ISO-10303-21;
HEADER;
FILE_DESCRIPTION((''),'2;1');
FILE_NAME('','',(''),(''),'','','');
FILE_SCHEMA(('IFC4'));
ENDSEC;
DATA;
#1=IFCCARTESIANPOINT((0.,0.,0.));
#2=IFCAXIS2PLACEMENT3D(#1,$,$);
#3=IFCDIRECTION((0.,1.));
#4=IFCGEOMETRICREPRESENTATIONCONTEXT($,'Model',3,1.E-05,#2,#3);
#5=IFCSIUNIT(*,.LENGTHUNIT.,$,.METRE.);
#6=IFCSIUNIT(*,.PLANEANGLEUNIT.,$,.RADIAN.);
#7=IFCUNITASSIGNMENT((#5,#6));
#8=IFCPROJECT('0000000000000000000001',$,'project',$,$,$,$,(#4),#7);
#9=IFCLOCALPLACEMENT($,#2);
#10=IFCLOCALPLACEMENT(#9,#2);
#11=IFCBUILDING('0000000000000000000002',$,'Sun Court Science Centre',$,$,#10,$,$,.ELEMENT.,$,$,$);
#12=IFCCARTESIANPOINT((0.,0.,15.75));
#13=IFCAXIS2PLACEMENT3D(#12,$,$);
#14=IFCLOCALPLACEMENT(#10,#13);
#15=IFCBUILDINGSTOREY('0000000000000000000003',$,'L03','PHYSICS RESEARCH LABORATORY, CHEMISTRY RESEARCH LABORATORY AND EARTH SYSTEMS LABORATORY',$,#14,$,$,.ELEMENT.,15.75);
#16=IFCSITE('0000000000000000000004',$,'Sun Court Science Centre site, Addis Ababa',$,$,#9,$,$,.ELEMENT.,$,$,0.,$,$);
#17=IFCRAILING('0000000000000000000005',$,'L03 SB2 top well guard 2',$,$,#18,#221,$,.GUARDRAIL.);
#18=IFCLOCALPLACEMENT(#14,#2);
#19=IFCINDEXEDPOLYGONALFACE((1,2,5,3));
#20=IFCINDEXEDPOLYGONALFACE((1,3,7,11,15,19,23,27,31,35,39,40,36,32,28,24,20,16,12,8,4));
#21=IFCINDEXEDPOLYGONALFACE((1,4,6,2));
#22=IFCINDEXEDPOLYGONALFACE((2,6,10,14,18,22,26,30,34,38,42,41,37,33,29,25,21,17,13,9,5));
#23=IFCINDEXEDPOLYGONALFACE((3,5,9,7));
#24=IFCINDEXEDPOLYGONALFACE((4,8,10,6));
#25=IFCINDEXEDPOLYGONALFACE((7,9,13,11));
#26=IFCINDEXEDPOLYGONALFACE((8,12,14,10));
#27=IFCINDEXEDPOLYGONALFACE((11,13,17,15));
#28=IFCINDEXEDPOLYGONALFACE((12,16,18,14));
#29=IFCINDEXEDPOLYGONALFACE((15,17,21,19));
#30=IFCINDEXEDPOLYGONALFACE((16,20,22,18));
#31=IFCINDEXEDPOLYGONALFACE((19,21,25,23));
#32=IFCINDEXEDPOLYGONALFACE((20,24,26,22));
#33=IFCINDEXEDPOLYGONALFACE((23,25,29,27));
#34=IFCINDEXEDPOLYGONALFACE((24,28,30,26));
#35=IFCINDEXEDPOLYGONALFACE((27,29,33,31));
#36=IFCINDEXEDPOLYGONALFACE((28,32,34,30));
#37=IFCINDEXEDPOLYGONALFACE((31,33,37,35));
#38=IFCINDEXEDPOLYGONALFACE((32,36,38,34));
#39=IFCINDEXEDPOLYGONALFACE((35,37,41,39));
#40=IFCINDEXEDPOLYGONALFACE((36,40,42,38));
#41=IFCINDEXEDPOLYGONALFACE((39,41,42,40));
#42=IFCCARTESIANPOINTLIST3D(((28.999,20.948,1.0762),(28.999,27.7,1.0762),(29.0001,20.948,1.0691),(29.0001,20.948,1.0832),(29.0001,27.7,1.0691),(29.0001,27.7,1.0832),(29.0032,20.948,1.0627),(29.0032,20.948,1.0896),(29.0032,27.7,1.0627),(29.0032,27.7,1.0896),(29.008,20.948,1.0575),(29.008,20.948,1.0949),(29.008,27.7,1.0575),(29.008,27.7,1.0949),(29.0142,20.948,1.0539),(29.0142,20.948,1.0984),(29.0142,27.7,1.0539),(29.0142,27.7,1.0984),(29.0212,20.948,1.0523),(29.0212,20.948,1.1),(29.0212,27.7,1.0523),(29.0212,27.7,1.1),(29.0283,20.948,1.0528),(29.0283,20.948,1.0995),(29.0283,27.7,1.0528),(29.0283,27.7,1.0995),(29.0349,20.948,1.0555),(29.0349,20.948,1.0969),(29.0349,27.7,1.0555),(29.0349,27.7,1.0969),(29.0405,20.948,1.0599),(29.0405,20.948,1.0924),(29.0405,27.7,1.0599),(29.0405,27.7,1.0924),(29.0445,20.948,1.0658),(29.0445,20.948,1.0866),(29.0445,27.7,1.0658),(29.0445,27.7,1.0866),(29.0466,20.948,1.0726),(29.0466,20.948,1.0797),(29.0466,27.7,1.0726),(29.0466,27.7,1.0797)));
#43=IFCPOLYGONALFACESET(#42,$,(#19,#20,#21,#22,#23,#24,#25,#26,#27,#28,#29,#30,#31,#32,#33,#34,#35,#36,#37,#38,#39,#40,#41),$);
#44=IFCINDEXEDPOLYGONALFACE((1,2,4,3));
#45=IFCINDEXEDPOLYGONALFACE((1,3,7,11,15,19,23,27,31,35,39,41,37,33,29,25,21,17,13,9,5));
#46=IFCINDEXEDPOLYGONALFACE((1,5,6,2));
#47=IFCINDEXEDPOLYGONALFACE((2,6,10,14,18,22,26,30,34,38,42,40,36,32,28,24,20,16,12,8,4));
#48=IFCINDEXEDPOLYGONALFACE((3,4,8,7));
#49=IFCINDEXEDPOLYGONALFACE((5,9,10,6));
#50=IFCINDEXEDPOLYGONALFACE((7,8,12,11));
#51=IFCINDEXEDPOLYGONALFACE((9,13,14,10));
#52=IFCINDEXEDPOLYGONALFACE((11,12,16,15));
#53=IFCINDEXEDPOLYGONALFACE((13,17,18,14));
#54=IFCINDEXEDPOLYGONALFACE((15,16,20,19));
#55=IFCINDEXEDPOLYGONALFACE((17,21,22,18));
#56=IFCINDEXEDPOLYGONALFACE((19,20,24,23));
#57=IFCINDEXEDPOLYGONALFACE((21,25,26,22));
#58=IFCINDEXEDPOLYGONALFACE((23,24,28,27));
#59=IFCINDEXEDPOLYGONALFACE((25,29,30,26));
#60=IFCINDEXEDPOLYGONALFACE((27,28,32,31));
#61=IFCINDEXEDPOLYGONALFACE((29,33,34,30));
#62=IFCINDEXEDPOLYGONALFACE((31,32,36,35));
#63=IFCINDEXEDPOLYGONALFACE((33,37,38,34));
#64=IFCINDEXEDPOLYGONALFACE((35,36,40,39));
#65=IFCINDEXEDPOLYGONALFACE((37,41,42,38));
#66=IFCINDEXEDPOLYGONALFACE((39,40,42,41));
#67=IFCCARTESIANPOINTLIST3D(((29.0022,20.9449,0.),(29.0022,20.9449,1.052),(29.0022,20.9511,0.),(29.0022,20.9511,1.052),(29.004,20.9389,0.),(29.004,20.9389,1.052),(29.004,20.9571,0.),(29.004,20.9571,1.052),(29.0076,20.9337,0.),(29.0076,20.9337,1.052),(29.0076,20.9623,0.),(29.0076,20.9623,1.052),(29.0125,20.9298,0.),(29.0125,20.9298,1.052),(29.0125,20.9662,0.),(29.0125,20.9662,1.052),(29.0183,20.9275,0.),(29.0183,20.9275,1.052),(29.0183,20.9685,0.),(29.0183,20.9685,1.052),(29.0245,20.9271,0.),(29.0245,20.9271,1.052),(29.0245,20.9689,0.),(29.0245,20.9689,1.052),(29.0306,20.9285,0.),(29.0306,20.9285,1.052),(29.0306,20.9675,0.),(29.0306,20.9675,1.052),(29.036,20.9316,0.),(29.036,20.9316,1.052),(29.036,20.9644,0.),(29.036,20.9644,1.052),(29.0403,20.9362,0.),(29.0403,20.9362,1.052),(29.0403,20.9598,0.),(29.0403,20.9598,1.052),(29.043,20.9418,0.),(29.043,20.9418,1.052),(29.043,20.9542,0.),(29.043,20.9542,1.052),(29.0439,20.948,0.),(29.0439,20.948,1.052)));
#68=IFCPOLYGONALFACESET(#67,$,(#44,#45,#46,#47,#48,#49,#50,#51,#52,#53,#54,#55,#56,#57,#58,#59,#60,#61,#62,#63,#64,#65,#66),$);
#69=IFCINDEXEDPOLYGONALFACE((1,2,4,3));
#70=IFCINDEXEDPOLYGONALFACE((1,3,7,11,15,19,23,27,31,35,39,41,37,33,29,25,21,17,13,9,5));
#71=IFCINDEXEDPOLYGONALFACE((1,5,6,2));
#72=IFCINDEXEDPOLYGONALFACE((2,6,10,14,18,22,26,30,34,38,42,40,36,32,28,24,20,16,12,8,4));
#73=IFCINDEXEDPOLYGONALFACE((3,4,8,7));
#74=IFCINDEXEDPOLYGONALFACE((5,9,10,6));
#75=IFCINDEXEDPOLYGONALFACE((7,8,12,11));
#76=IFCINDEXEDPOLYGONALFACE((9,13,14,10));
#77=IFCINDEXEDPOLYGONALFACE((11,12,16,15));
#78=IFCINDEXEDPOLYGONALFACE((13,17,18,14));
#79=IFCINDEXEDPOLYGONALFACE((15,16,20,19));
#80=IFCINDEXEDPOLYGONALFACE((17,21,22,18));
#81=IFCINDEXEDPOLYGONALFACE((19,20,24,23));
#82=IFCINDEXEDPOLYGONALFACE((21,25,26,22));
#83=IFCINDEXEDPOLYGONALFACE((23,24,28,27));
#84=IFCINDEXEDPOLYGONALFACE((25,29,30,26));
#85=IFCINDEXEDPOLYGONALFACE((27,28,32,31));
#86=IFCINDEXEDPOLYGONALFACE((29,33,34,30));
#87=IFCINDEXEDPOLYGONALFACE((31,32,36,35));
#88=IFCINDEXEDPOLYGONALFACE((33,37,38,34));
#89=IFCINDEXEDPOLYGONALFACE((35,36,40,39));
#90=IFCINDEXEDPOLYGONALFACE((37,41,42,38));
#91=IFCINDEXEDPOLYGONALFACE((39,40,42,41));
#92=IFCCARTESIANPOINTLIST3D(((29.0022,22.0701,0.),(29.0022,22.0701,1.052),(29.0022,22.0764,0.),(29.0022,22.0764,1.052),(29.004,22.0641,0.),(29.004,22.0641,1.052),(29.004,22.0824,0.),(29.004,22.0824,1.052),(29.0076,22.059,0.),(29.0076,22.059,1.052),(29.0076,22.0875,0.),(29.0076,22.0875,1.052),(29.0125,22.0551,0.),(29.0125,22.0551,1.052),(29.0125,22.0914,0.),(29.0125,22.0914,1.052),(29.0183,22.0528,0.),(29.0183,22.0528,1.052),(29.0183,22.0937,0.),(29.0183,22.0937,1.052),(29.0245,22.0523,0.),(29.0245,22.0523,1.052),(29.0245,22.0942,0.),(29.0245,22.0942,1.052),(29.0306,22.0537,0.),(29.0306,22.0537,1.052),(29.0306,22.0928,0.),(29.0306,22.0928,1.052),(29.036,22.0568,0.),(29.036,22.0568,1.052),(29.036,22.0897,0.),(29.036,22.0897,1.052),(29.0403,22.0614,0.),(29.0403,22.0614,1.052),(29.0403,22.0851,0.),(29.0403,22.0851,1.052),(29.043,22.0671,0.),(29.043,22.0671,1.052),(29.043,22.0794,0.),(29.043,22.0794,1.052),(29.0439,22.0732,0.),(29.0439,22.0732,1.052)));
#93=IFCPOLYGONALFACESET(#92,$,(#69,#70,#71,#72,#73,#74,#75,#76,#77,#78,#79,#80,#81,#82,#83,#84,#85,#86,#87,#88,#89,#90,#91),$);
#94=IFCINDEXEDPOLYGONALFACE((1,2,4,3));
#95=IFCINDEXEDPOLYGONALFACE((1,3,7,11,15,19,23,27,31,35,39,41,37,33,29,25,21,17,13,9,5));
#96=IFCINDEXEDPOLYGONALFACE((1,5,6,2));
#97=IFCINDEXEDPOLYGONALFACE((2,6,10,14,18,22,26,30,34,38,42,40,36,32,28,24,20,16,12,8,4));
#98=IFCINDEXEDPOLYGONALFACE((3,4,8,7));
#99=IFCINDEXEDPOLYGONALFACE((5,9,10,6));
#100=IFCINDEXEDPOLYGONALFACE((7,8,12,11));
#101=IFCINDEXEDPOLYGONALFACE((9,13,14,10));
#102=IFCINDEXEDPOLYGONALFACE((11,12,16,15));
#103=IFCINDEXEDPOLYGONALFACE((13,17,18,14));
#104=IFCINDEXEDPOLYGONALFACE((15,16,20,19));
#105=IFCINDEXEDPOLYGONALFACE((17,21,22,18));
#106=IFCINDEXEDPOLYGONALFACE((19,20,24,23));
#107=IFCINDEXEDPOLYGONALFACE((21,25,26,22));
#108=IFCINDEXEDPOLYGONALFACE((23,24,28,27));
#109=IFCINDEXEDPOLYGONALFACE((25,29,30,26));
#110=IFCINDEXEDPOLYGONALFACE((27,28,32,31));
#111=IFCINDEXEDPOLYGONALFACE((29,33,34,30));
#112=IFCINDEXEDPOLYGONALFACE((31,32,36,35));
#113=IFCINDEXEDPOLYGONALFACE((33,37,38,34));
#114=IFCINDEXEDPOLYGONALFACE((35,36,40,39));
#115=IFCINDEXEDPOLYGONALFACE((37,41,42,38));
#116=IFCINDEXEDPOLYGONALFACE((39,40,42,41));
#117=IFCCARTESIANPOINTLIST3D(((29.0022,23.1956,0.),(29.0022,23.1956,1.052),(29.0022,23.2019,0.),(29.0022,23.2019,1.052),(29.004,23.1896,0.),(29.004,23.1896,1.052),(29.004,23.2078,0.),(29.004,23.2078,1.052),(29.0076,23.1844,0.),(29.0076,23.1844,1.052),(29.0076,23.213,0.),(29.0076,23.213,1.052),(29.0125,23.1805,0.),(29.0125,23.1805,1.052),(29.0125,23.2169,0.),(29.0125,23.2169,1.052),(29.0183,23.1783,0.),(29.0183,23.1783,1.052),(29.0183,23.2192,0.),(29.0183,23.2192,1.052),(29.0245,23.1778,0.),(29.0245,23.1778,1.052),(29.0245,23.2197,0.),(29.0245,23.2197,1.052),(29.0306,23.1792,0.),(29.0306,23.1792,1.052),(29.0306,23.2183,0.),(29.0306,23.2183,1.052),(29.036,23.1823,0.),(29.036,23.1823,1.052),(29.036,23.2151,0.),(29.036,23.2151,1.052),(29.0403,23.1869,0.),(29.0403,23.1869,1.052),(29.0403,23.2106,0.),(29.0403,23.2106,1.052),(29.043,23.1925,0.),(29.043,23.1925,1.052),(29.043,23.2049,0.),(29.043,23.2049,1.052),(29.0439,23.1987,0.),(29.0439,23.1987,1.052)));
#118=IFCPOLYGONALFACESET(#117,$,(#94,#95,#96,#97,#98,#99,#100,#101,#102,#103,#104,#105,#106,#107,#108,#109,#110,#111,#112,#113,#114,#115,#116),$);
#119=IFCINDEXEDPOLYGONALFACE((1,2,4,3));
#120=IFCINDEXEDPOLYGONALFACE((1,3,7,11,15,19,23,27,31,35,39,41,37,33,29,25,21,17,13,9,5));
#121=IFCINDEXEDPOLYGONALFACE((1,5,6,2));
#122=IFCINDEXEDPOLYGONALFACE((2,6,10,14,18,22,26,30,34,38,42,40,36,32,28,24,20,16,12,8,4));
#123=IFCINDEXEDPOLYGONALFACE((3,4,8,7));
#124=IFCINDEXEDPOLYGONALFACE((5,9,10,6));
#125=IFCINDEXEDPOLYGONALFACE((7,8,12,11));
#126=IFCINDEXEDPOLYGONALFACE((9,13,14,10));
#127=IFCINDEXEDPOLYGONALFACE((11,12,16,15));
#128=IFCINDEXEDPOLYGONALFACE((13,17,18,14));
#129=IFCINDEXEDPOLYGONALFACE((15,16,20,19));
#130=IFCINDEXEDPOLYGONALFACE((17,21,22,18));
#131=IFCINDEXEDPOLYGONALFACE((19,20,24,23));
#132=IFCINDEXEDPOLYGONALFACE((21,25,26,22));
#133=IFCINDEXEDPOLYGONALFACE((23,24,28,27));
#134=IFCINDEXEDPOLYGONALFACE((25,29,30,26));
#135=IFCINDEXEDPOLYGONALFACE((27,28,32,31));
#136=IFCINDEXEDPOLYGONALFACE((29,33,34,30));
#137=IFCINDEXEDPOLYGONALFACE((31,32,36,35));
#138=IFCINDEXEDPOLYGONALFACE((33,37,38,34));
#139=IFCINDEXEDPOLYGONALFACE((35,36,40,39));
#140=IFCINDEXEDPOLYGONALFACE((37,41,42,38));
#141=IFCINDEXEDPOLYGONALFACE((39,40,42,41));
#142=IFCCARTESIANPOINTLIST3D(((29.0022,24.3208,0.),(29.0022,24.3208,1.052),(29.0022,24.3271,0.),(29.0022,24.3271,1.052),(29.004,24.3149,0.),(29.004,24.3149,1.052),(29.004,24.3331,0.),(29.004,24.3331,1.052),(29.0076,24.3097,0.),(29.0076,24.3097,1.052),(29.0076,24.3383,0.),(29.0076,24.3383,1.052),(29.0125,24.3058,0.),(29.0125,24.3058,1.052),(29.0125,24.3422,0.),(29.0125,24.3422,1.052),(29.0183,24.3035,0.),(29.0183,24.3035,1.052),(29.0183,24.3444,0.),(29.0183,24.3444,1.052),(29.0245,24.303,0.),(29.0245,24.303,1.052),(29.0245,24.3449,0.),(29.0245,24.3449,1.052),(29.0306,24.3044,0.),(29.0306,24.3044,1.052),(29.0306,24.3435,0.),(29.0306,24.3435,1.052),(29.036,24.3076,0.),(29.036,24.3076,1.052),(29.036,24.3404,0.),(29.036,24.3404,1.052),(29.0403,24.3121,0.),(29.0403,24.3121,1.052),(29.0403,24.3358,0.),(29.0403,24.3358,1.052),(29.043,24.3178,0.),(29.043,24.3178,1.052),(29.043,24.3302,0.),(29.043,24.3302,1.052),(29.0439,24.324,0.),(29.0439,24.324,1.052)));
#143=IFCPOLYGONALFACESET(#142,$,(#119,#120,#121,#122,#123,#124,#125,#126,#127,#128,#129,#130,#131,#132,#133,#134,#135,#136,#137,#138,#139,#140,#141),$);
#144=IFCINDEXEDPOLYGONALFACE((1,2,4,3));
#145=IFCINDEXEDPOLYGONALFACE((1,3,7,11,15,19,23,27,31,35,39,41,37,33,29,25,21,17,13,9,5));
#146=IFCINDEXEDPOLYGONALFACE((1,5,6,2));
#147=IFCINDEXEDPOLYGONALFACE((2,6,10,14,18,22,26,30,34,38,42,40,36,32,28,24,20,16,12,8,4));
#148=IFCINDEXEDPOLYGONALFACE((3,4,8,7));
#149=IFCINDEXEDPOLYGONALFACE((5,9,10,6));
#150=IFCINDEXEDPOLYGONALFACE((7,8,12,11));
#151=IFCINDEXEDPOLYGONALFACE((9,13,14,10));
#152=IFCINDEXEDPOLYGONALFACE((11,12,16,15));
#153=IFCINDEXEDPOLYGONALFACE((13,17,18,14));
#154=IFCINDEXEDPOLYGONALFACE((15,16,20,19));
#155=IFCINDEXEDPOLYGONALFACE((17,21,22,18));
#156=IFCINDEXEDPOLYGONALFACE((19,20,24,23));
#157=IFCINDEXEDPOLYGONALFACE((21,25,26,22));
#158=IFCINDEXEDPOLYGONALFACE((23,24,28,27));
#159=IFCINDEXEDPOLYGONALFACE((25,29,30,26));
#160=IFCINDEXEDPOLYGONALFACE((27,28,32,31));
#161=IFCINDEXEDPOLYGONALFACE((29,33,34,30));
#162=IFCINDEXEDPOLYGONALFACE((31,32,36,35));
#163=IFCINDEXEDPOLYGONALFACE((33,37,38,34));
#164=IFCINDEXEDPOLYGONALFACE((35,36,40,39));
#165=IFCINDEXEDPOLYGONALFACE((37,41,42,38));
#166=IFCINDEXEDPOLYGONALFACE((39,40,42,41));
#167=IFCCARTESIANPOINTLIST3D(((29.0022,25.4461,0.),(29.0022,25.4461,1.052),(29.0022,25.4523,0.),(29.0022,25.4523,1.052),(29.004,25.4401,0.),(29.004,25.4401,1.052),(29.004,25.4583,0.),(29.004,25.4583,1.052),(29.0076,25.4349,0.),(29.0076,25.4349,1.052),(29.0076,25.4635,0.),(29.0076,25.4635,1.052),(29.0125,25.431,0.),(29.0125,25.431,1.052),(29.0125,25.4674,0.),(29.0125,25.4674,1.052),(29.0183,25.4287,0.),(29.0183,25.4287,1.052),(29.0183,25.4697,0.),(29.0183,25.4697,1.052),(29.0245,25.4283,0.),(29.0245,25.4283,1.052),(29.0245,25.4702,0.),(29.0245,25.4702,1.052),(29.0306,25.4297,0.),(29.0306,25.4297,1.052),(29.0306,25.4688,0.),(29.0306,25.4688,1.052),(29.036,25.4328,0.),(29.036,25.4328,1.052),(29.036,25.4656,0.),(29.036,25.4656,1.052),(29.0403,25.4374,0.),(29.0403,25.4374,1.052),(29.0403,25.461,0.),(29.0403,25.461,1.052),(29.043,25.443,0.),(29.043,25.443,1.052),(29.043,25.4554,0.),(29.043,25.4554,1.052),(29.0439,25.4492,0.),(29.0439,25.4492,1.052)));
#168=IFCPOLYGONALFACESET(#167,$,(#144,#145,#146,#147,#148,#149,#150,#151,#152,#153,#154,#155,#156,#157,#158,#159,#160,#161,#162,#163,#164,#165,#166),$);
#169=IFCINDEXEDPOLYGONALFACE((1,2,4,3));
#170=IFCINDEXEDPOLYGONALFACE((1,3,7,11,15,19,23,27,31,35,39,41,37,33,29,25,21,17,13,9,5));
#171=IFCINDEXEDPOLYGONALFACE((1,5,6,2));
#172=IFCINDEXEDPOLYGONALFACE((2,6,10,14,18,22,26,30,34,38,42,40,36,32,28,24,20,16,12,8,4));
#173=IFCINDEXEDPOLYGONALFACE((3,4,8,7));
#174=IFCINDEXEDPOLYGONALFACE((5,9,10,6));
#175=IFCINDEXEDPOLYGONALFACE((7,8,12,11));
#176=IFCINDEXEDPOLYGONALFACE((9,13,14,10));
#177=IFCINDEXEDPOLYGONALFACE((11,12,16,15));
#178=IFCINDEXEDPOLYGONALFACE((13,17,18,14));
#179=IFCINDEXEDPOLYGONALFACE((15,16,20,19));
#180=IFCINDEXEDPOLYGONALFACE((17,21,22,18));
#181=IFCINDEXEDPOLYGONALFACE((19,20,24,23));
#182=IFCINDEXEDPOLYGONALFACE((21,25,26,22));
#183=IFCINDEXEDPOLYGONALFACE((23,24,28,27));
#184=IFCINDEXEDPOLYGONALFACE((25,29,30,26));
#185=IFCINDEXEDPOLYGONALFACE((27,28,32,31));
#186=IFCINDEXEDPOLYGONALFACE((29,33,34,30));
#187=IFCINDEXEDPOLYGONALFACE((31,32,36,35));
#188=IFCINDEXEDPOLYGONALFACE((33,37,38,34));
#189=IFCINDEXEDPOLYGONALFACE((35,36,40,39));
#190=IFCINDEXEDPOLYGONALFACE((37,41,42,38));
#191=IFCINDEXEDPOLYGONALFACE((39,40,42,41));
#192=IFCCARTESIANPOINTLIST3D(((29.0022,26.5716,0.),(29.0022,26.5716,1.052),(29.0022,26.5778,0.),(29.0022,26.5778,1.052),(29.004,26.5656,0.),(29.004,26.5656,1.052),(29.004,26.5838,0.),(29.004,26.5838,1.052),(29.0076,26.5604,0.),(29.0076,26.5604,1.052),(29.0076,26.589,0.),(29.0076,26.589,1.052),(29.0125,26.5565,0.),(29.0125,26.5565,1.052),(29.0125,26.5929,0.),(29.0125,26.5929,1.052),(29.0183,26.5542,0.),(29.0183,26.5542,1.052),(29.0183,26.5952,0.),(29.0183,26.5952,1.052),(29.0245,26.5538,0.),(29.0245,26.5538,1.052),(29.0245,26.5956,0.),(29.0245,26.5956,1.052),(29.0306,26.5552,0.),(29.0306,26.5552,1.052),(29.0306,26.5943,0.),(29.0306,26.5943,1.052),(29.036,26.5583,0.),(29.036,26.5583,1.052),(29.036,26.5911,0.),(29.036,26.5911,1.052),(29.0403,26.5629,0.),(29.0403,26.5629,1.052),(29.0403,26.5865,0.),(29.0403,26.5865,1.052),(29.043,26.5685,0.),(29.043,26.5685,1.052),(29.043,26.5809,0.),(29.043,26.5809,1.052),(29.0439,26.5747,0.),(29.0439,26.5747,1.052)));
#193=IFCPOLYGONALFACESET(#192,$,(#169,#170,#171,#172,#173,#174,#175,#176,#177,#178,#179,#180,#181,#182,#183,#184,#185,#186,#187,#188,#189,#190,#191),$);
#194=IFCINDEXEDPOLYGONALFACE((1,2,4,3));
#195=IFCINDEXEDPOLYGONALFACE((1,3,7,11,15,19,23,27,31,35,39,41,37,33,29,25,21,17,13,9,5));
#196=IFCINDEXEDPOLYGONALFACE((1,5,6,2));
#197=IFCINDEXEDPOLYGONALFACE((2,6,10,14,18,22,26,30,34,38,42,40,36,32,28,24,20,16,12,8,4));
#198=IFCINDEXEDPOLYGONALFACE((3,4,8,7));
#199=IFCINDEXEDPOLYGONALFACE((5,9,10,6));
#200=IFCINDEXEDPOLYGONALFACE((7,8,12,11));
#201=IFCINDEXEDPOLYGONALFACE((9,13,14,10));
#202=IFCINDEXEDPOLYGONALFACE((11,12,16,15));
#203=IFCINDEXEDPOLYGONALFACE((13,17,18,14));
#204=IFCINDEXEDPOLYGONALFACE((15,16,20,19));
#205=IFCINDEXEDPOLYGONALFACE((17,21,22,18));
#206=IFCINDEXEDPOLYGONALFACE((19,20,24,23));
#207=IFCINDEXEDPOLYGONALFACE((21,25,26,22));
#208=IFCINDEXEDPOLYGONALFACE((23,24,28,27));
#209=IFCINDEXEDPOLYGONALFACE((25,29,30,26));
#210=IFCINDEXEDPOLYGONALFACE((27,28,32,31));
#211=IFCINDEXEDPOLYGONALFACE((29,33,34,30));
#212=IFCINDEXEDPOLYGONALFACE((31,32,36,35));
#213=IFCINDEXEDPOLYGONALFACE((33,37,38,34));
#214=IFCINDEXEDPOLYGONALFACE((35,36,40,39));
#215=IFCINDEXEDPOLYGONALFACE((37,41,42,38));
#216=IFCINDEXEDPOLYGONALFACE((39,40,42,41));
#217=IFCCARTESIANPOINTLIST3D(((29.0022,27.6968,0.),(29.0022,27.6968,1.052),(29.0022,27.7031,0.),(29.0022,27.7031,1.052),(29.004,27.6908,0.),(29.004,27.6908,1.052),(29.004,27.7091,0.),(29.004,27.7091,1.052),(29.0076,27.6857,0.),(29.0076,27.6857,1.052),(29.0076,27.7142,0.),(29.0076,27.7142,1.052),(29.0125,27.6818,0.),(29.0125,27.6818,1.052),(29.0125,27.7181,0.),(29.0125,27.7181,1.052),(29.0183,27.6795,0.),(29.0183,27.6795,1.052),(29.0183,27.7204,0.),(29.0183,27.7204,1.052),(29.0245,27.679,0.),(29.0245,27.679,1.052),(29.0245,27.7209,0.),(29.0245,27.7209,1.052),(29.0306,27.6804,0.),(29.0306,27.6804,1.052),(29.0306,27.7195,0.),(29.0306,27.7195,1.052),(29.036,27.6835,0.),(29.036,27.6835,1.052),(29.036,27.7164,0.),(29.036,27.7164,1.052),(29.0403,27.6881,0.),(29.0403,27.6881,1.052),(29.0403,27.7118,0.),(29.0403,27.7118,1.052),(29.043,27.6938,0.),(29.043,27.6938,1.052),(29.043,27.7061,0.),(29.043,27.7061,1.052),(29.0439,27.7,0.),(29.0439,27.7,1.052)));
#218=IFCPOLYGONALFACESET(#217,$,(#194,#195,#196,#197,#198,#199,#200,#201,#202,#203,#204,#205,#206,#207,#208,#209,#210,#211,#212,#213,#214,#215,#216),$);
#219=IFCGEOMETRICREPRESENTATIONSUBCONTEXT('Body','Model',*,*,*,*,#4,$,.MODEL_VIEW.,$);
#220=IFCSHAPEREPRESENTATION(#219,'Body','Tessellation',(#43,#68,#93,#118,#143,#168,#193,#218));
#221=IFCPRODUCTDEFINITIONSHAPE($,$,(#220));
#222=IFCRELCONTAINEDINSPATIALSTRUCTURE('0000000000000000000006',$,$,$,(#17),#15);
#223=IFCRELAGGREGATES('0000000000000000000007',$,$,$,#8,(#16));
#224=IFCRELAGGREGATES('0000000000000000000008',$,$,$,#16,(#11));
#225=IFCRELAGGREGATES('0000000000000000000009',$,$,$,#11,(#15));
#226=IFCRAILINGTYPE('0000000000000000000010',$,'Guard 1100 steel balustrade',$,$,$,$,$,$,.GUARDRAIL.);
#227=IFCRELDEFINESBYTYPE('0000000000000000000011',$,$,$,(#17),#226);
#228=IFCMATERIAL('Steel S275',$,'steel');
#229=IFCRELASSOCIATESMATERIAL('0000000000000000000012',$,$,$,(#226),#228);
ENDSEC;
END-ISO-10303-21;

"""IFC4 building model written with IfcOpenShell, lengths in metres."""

from ifc_helpers import new_model, si_unit, direction, frame, origin, origin_2d, place, context, subcontext, project, spatial, circle, extrude, material, type_object, element, save


model = new_model("IFC4")

# Units and contexts
model_context = context("Model", 3, precision=1e-05, world=origin(), true_north=direction((0.0, 1.0)))
body_context = subcontext(model_context, "Body", "Model", "MODEL_VIEW")
ifc_project = project(units=[si_unit("LENGTHUNIT", "METRE"), si_unit("PLANEANGLEUNIT", "RADIAN")], contexts=[model_context])

# Site, building, storey
site_placement = place(None, origin())
site = spatial("IfcSite", under=ifc_project, at=site_placement, Name="Sun Court Science Centre site, Addis Ababa", CompositionType="ELEMENT", RefElevation=0.0)
building_placement = place(site_placement, origin())
building = spatial("IfcBuilding", under=site, at=building_placement, Name="Sun Court Science Centre", CompositionType="ELEMENT")
storey_placement = place(building_placement, frame((0.0, 0.0, 15.75)))
storey = spatial("IfcBuildingStorey", under=building, at=storey_placement, Name="L03", Description="PHYSICS RESEARCH LABORATORY, CHEMISTRY RESEARCH LABORATORY AND EARTH SYSTEMS LABORATORY", CompositionType="ELEMENT", Elevation=15.75)

# Railing
ifc_material_1 = material(Name="Steel S275", Category="steel")
railing_type = type_object("IfcRailingType", Name="Guard 1100 steel balustrade", PredefinedType="GUARDRAIL", material=ifc_material_1)
railing_1_placement = place(storey_placement, frame((29.0229, 20.948, 0.0)))
element("IfcRailing", 1, at=railing_1_placement, inside=storey, type_object=railing_type, Name="L03 SB2 top well guard 2", PredefinedType="GUARDRAIL", context=body_context, shape_type="SweptSolid", body=[
    extrude(circle(Radius=0.0239, at=origin_2d()), frame((0.0, 0.0, 1.0762), z_axis=(0.0, 1.0, 0.0), x_axis=(-1.0, 0.0, 0.0)), (0.0, 0.0, 1.0), 6.752),
    extrude(circle(Radius=0.021, at=origin_2d()), origin(), (0.0, 0.0, 1.0), 1.052),
    extrude(circle(Radius=0.021, at=origin_2d()), frame((0.0, 1.1252, 0.0)), (0.0, 0.0, 1.0), 1.052),
    extrude(circle(Radius=0.021, at=origin_2d()), frame((0.0, 2.2507, 0.0)), (0.0, 0.0, 1.0), 1.052),
    extrude(circle(Radius=0.021, at=origin_2d()), frame((0.0, 3.376, 0.0)), (0.0, 0.0, 1.0), 1.052),
    extrude(circle(Radius=0.021, at=origin_2d()), frame((0.0, 4.5012, 0.0)), (0.0, 0.0, 1.0), 1.052),
    extrude(circle(Radius=0.021, at=origin_2d()), frame((0.0, 5.6267, 0.0)), (0.0, 0.0, 1.0), 1.052),
    extrude(circle(Radius=0.021, at=origin_2d()), frame((0.0, 6.752, 0.0)), (0.0, 0.0, 1.0), 1.052),
])

save(model, "model.ifc")
